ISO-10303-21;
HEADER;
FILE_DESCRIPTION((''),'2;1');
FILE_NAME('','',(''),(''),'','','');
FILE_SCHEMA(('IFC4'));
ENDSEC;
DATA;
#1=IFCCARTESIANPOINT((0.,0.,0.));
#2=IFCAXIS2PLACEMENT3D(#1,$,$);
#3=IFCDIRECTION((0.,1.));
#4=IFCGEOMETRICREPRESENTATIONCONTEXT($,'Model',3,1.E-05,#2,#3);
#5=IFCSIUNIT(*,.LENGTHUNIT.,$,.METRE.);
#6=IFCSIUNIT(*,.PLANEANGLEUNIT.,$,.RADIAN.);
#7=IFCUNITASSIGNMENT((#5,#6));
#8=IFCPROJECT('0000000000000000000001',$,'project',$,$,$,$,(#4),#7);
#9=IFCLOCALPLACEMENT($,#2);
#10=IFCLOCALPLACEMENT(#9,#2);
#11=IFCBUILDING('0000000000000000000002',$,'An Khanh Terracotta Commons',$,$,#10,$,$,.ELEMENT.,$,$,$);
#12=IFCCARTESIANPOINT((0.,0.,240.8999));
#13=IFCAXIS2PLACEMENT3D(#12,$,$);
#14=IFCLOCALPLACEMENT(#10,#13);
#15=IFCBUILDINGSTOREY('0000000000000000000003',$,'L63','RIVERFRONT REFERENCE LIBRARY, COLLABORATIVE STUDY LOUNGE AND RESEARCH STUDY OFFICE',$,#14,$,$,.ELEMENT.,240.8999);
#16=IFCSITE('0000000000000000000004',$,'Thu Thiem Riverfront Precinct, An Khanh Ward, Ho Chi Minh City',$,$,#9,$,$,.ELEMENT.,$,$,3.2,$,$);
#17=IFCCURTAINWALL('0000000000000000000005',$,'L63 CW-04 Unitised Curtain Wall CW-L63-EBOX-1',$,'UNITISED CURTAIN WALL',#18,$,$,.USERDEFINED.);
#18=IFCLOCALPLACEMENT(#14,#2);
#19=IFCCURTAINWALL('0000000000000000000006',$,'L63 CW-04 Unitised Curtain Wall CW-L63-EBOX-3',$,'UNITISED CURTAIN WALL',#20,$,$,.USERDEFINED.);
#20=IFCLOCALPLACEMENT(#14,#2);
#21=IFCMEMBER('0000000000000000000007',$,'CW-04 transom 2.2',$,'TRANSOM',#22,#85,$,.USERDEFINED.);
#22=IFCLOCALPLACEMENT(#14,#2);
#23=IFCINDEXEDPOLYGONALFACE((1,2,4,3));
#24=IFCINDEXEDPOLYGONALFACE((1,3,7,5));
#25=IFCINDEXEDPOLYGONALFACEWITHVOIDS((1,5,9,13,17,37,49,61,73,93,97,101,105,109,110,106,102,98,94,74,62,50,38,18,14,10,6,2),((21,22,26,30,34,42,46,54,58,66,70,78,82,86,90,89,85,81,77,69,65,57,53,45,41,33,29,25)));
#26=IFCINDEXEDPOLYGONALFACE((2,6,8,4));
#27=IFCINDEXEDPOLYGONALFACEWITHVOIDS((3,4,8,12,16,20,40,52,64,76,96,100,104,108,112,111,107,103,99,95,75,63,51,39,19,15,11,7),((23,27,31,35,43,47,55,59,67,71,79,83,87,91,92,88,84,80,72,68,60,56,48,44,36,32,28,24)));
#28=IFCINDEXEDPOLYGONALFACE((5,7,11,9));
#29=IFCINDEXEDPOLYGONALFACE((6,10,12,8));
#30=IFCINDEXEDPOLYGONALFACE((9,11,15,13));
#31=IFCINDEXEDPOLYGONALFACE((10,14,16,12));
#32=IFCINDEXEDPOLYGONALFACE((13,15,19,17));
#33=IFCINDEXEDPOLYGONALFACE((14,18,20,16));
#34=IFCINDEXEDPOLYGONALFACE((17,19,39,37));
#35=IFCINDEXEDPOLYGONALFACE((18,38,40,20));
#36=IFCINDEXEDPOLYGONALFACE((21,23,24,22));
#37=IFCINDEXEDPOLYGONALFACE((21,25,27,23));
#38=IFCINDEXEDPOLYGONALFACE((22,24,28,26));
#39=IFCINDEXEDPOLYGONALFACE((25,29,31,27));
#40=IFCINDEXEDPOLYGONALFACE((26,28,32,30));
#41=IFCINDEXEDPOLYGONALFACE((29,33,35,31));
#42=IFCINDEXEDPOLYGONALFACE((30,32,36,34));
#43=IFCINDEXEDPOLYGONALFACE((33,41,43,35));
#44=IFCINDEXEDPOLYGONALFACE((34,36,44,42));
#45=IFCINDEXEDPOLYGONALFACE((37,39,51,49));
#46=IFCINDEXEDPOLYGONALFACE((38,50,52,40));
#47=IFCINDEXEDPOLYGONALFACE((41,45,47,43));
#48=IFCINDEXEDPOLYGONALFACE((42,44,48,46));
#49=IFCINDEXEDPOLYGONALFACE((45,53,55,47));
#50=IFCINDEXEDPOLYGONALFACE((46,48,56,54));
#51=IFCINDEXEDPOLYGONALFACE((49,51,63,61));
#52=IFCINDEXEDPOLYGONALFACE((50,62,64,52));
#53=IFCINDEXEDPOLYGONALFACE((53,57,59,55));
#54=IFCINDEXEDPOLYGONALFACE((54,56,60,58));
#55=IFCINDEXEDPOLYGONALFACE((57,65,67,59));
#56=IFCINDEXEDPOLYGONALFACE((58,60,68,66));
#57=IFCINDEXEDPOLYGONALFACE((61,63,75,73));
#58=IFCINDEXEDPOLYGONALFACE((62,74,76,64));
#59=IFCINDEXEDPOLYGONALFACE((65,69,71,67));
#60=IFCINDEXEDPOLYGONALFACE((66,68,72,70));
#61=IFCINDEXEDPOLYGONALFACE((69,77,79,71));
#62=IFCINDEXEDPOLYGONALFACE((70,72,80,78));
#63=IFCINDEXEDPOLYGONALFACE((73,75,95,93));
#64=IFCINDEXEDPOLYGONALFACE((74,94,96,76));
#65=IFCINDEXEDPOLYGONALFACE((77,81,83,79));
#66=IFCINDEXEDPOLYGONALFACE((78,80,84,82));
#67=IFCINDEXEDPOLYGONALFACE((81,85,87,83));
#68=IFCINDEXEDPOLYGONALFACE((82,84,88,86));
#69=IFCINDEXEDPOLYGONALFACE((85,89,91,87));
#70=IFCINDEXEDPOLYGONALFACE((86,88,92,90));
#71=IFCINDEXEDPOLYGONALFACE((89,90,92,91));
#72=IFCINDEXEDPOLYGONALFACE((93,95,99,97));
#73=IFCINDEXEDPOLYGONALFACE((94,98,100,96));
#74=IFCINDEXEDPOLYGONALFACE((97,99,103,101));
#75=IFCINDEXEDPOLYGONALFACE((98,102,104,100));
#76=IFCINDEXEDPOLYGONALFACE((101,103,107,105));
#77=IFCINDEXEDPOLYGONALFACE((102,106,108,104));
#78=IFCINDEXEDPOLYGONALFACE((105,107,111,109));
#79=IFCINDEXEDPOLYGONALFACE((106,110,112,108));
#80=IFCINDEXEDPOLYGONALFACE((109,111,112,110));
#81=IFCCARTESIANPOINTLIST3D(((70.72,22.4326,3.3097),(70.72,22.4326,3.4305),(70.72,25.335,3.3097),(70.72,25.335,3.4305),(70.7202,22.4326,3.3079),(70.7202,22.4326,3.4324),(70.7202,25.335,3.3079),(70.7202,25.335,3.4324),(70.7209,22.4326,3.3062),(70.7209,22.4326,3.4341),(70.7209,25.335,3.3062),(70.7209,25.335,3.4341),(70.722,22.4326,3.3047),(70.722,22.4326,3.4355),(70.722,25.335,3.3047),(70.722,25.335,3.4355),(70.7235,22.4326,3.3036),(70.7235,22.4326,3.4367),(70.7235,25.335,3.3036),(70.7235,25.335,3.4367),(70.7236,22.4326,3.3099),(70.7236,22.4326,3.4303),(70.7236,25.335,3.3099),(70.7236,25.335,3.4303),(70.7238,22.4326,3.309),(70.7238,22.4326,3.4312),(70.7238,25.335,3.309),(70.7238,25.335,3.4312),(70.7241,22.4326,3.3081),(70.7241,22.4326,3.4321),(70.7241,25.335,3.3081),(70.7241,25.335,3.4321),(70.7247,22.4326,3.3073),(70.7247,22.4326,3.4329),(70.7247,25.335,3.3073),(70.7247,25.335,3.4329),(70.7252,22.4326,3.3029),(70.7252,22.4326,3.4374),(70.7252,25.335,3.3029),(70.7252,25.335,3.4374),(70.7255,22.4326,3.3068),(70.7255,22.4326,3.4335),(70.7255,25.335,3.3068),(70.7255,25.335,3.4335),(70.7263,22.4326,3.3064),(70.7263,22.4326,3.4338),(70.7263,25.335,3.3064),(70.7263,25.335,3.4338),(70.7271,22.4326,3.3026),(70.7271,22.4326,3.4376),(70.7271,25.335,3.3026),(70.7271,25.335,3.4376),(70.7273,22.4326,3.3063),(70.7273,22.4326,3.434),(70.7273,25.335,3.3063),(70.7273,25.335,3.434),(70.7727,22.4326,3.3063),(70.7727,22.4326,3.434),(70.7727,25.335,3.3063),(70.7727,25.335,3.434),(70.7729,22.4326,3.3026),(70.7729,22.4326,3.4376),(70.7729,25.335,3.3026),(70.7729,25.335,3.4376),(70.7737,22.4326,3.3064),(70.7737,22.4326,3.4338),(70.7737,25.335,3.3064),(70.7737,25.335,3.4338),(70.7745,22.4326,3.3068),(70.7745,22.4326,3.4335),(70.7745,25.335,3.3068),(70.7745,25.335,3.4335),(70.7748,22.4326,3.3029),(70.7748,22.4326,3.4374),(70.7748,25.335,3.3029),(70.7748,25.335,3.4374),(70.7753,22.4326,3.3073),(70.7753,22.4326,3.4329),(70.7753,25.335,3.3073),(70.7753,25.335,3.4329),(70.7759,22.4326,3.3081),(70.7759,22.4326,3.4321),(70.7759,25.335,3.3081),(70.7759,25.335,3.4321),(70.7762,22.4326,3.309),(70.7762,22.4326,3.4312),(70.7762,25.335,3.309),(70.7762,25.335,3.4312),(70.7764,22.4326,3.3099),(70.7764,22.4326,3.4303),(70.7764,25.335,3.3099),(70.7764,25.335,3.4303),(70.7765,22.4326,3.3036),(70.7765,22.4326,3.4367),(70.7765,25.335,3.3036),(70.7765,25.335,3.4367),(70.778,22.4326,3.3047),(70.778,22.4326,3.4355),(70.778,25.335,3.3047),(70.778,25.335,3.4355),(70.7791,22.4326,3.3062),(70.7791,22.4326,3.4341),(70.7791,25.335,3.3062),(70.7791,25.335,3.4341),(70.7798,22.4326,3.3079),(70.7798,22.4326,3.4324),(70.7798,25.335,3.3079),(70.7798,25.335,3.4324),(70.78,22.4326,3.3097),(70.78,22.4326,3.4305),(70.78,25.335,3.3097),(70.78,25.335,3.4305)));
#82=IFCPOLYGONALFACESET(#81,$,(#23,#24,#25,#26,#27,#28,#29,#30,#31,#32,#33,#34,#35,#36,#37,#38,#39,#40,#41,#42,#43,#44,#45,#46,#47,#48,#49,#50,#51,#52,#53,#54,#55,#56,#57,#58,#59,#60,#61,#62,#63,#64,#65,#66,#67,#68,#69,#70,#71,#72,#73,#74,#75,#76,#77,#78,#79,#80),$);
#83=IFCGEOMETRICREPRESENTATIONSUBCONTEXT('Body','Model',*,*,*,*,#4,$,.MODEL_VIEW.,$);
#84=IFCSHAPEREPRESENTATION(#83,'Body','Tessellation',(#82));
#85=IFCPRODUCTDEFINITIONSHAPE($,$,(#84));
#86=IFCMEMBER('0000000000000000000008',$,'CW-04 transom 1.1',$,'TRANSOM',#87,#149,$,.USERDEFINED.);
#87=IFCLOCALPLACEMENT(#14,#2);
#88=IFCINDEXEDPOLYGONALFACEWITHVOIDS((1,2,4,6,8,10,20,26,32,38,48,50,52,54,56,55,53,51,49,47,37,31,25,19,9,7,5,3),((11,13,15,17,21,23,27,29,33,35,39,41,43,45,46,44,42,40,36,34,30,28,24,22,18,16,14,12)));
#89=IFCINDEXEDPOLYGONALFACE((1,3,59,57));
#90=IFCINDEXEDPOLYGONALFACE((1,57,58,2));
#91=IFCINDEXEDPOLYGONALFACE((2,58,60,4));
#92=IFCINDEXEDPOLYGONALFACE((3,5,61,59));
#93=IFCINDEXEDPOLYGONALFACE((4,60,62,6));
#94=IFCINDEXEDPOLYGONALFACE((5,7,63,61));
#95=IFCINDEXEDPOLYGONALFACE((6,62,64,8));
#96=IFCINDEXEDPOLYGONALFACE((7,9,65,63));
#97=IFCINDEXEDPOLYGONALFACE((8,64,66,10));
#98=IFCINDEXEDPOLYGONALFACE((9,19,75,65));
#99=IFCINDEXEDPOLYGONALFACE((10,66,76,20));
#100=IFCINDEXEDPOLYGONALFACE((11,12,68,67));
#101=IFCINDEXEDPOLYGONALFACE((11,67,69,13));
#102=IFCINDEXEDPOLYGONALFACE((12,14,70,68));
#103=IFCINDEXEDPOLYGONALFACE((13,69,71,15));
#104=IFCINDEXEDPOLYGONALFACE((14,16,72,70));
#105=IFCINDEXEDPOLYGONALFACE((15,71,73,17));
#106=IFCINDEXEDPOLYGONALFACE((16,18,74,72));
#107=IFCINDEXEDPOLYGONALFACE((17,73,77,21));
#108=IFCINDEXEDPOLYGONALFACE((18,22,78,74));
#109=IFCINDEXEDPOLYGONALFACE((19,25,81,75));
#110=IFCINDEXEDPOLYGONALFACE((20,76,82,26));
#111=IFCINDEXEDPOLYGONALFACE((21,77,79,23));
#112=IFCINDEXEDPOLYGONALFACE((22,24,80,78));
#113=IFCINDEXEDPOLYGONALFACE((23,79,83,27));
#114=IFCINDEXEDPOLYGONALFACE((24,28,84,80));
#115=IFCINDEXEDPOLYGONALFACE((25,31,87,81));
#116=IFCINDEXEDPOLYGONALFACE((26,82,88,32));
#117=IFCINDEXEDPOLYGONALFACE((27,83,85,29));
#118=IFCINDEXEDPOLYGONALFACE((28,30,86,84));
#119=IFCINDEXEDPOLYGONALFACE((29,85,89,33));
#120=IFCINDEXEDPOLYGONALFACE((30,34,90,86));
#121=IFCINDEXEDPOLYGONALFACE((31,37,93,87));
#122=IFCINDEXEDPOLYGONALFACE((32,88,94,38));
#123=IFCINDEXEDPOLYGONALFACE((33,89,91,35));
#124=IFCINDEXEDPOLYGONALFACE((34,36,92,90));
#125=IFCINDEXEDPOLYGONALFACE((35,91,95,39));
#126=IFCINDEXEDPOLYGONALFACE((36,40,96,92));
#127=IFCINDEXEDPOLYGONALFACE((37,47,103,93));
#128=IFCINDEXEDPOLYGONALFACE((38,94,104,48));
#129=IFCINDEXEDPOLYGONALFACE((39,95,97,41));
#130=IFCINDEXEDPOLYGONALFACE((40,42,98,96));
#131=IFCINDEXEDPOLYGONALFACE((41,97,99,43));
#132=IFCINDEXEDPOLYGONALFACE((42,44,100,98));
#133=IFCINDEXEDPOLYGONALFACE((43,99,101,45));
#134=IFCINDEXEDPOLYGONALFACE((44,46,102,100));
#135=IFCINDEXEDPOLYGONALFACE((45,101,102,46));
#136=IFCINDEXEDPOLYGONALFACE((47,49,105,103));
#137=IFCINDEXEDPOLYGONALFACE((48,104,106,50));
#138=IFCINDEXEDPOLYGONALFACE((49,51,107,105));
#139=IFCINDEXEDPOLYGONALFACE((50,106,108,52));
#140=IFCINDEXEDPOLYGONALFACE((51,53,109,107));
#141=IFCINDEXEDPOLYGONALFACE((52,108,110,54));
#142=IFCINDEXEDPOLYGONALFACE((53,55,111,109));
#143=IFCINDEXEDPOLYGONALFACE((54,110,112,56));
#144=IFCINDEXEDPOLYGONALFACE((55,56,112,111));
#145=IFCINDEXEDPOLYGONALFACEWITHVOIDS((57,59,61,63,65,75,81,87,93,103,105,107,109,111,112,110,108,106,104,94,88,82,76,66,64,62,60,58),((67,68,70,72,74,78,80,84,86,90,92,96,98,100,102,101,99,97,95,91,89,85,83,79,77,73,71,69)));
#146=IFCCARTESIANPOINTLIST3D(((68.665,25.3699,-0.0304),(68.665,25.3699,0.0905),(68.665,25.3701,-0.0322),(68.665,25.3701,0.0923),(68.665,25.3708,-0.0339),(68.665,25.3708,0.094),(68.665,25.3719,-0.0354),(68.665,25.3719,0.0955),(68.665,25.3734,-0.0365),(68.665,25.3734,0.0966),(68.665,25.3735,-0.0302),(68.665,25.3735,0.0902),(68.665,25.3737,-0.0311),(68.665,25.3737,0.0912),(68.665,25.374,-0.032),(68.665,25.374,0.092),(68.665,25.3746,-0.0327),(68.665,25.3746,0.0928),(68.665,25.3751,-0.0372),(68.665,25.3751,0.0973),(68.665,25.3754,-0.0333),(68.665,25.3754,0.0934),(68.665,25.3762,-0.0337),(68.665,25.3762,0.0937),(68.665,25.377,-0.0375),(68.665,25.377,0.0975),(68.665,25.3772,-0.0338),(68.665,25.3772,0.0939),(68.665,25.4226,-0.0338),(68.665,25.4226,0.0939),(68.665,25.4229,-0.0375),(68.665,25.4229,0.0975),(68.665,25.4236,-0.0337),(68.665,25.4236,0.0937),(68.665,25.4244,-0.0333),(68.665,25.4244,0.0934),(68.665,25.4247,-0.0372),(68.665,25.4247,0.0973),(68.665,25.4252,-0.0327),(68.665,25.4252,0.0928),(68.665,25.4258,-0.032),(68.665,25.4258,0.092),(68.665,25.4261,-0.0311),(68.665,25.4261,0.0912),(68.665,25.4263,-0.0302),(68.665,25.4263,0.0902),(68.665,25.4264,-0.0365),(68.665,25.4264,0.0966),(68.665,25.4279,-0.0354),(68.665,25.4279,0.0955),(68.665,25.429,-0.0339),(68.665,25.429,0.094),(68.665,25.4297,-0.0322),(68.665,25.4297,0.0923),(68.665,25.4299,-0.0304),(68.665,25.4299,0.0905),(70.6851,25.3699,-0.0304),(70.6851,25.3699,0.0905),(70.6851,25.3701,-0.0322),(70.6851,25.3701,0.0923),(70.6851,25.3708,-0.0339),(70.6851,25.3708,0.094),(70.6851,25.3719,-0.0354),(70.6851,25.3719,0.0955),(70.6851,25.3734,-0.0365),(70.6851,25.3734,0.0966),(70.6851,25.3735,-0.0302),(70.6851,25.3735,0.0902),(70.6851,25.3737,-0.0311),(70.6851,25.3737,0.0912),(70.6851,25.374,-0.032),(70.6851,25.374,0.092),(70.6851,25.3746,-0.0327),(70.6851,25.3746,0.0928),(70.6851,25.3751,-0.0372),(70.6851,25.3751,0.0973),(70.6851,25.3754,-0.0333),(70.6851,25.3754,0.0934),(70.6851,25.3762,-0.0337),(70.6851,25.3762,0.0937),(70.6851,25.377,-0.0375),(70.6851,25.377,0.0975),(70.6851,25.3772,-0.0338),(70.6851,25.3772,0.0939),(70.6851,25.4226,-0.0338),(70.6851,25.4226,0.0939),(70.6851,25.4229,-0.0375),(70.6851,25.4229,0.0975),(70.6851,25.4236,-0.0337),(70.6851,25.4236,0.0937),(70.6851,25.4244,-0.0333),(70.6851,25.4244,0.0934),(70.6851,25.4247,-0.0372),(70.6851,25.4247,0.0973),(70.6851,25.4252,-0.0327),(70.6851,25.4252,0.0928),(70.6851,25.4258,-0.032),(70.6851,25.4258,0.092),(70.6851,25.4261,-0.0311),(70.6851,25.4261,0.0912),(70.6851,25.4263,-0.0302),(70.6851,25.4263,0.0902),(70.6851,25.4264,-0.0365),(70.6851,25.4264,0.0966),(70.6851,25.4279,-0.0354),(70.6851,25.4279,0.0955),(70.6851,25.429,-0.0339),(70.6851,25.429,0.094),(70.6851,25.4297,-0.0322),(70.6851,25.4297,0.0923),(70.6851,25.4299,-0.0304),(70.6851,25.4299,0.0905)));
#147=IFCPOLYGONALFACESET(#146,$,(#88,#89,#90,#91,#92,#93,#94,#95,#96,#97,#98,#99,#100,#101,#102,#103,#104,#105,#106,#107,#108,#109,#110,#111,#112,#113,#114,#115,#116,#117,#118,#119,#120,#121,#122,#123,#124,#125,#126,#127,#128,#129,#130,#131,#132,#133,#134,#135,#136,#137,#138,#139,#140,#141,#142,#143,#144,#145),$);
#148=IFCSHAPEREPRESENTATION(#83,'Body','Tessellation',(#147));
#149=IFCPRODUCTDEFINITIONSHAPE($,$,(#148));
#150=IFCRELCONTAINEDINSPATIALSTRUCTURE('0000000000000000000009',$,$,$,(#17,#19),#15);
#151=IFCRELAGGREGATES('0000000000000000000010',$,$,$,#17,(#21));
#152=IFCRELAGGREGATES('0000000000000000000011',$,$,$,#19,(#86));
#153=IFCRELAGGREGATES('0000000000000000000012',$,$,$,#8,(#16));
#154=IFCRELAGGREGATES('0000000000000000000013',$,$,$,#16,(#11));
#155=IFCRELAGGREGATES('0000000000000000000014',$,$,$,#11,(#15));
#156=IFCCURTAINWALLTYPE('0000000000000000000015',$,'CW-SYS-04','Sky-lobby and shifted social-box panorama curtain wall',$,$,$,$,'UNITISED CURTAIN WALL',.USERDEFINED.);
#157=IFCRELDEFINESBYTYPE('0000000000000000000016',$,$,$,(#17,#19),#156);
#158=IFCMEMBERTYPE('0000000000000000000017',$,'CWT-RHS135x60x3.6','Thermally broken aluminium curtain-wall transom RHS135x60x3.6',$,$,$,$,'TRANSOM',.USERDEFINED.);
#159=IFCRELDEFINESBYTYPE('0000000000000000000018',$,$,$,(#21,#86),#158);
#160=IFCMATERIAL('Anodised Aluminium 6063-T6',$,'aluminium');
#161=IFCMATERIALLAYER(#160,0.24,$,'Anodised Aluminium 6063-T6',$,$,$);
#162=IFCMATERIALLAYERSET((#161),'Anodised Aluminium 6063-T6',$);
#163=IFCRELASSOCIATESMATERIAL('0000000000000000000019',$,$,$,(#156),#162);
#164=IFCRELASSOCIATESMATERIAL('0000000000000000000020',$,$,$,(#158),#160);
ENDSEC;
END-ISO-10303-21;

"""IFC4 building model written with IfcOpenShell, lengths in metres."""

from ifc_helpers import new_model, si_unit, direction, frame, origin, origin_2d, place, context, subcontext, project, spatial, hollow_rectangle, extrude, material, layer, layer_set, material_profile, profile_set, type_object, element, aggregate, save


model = new_model("IFC4")

# Units and contexts
model_context = context("Model", 3, precision=1e-05, world=origin(), true_north=direction((0.0, 1.0)))
body_context = subcontext(model_context, "Body", "Model", "MODEL_VIEW")
ifc_project = project(units=[si_unit("LENGTHUNIT", "METRE"), si_unit("PLANEANGLEUNIT", "RADIAN")], contexts=[model_context])

# Site, building, storey
site_placement = place(None, origin())
site = spatial("IfcSite", under=ifc_project, at=site_placement, Name="Thu Thiem Riverfront Precinct, An Khanh Ward, Ho Chi Minh City", CompositionType="ELEMENT", RefElevation=3.2)
building_placement = place(site_placement, origin())
building = spatial("IfcBuilding", under=site, at=building_placement, Name="An Khanh Terracotta Commons", CompositionType="ELEMENT")
storey_placement = place(building_placement, frame((0.0, 0.0, 240.8999)))
storey = spatial("IfcBuildingStorey", under=building, at=storey_placement, Name="L63", Description="RIVERFRONT REFERENCE LIBRARY, COLLABORATIVE STUDY LOUNGE AND RESEARCH STUDY OFFICE", CompositionType="ELEMENT", Elevation=240.8999)

# Curtain walls
ifc_material_1 = material(Name="Anodised Aluminium 6063-T6", Category="aluminium")
ifc_layer_1 = layer(ifc_material_1, 0.24, Name="Anodised Aluminium 6063-T6")
ifc_layer_set_1 = layer_set([ifc_layer_1], Name="Anodised Aluminium 6063-T6")
curtain_wall_type = type_object("IfcCurtainWallType", Name="CW-SYS-04", Description="Sky-lobby and shifted social-box panorama curtain wall", ElementType="UNITISED CURTAIN WALL", PredefinedType="USERDEFINED", material=ifc_layer_set_1)
curtain_wall_1_placement = place(storey_placement, origin())
curtain_wall_1 = element("IfcCurtainWall", 1, at=curtain_wall_1_placement, inside=storey, type_object=curtain_wall_type, Name="L63 CW-04 Unitised Curtain Wall CW-L63-EBOX-1", ObjectType="UNITISED CURTAIN WALL", PredefinedType="USERDEFINED")
curtain_wall_2_placement = place(storey_placement, origin())
curtain_wall_2 = element("IfcCurtainWall", 2, at=curtain_wall_2_placement, inside=storey, type_object=curtain_wall_type, Name="L63 CW-04 Unitised Curtain Wall CW-L63-EBOX-3", ObjectType="UNITISED CURTAIN WALL", PredefinedType="USERDEFINED")

# Members
ifc_material_profile_1 = material_profile(ifc_material_1, hollow_rectangle(XDim=0.0601, YDim=0.135, WallThickness=0.0037, InnerFilletRadius=0.0037, OuterFilletRadius=0.0071, at=origin_2d()), Name="RHS135x60x3.6")
ifc_profile_set_1 = profile_set([ifc_material_profile_1], Name="Anodised Aluminium 6063-T6")
member_type_1 = type_object("IfcMemberType", Name="CWT-RHS135x60x3.6", Description="Thermally broken aluminium curtain-wall transom RHS135x60x3.6", ElementType="TRANSOM", PredefinedType="USERDEFINED", material=ifc_profile_set_1)
member_1_placement = place(storey_placement, frame((70.75, 22.4326, 3.3701), z_axis=(0.0, 1.0, 0.0), x_axis=(-1.0, 0.0, 0.0)))
member_1 = element("IfcMember", 3, at=member_1_placement, type_object=member_type_1, Name="CW-04 transom 2.2", ObjectType="TRANSOM", PredefinedType="USERDEFINED", context=body_context, shape_type="SweptSolid", body=[
    extrude(hollow_rectangle(XDim=0.0601, YDim=0.135, WallThickness=0.0037, InnerFilletRadius=0.0037, OuterFilletRadius=0.0071, at=origin_2d()), origin(), (0.0, 0.0, 1.0), 2.9023),
])
member_2_placement = place(storey_placement, frame((70.6851, 25.3999, 0.03), z_axis=(-1.0, 0.0, 0.0), x_axis=(0.0, -1.0, 0.0)))
member_2 = element("IfcMember", 4, at=member_2_placement, type_object=member_type_1, Name="CW-04 transom 1.1", ObjectType="TRANSOM", PredefinedType="USERDEFINED", context=body_context, shape_type="SweptSolid", body=[
    extrude(hollow_rectangle(XDim=0.0601, YDim=0.135, WallThickness=0.0037, InnerFilletRadius=0.0037, OuterFilletRadius=0.0071, at=origin_2d()), origin(), (0.0, 0.0, 1.0), 2.02),
])

aggregate(curtain_wall_1, [member_1])
aggregate(curtain_wall_2, [member_2])

save(model, "model.ifc")
